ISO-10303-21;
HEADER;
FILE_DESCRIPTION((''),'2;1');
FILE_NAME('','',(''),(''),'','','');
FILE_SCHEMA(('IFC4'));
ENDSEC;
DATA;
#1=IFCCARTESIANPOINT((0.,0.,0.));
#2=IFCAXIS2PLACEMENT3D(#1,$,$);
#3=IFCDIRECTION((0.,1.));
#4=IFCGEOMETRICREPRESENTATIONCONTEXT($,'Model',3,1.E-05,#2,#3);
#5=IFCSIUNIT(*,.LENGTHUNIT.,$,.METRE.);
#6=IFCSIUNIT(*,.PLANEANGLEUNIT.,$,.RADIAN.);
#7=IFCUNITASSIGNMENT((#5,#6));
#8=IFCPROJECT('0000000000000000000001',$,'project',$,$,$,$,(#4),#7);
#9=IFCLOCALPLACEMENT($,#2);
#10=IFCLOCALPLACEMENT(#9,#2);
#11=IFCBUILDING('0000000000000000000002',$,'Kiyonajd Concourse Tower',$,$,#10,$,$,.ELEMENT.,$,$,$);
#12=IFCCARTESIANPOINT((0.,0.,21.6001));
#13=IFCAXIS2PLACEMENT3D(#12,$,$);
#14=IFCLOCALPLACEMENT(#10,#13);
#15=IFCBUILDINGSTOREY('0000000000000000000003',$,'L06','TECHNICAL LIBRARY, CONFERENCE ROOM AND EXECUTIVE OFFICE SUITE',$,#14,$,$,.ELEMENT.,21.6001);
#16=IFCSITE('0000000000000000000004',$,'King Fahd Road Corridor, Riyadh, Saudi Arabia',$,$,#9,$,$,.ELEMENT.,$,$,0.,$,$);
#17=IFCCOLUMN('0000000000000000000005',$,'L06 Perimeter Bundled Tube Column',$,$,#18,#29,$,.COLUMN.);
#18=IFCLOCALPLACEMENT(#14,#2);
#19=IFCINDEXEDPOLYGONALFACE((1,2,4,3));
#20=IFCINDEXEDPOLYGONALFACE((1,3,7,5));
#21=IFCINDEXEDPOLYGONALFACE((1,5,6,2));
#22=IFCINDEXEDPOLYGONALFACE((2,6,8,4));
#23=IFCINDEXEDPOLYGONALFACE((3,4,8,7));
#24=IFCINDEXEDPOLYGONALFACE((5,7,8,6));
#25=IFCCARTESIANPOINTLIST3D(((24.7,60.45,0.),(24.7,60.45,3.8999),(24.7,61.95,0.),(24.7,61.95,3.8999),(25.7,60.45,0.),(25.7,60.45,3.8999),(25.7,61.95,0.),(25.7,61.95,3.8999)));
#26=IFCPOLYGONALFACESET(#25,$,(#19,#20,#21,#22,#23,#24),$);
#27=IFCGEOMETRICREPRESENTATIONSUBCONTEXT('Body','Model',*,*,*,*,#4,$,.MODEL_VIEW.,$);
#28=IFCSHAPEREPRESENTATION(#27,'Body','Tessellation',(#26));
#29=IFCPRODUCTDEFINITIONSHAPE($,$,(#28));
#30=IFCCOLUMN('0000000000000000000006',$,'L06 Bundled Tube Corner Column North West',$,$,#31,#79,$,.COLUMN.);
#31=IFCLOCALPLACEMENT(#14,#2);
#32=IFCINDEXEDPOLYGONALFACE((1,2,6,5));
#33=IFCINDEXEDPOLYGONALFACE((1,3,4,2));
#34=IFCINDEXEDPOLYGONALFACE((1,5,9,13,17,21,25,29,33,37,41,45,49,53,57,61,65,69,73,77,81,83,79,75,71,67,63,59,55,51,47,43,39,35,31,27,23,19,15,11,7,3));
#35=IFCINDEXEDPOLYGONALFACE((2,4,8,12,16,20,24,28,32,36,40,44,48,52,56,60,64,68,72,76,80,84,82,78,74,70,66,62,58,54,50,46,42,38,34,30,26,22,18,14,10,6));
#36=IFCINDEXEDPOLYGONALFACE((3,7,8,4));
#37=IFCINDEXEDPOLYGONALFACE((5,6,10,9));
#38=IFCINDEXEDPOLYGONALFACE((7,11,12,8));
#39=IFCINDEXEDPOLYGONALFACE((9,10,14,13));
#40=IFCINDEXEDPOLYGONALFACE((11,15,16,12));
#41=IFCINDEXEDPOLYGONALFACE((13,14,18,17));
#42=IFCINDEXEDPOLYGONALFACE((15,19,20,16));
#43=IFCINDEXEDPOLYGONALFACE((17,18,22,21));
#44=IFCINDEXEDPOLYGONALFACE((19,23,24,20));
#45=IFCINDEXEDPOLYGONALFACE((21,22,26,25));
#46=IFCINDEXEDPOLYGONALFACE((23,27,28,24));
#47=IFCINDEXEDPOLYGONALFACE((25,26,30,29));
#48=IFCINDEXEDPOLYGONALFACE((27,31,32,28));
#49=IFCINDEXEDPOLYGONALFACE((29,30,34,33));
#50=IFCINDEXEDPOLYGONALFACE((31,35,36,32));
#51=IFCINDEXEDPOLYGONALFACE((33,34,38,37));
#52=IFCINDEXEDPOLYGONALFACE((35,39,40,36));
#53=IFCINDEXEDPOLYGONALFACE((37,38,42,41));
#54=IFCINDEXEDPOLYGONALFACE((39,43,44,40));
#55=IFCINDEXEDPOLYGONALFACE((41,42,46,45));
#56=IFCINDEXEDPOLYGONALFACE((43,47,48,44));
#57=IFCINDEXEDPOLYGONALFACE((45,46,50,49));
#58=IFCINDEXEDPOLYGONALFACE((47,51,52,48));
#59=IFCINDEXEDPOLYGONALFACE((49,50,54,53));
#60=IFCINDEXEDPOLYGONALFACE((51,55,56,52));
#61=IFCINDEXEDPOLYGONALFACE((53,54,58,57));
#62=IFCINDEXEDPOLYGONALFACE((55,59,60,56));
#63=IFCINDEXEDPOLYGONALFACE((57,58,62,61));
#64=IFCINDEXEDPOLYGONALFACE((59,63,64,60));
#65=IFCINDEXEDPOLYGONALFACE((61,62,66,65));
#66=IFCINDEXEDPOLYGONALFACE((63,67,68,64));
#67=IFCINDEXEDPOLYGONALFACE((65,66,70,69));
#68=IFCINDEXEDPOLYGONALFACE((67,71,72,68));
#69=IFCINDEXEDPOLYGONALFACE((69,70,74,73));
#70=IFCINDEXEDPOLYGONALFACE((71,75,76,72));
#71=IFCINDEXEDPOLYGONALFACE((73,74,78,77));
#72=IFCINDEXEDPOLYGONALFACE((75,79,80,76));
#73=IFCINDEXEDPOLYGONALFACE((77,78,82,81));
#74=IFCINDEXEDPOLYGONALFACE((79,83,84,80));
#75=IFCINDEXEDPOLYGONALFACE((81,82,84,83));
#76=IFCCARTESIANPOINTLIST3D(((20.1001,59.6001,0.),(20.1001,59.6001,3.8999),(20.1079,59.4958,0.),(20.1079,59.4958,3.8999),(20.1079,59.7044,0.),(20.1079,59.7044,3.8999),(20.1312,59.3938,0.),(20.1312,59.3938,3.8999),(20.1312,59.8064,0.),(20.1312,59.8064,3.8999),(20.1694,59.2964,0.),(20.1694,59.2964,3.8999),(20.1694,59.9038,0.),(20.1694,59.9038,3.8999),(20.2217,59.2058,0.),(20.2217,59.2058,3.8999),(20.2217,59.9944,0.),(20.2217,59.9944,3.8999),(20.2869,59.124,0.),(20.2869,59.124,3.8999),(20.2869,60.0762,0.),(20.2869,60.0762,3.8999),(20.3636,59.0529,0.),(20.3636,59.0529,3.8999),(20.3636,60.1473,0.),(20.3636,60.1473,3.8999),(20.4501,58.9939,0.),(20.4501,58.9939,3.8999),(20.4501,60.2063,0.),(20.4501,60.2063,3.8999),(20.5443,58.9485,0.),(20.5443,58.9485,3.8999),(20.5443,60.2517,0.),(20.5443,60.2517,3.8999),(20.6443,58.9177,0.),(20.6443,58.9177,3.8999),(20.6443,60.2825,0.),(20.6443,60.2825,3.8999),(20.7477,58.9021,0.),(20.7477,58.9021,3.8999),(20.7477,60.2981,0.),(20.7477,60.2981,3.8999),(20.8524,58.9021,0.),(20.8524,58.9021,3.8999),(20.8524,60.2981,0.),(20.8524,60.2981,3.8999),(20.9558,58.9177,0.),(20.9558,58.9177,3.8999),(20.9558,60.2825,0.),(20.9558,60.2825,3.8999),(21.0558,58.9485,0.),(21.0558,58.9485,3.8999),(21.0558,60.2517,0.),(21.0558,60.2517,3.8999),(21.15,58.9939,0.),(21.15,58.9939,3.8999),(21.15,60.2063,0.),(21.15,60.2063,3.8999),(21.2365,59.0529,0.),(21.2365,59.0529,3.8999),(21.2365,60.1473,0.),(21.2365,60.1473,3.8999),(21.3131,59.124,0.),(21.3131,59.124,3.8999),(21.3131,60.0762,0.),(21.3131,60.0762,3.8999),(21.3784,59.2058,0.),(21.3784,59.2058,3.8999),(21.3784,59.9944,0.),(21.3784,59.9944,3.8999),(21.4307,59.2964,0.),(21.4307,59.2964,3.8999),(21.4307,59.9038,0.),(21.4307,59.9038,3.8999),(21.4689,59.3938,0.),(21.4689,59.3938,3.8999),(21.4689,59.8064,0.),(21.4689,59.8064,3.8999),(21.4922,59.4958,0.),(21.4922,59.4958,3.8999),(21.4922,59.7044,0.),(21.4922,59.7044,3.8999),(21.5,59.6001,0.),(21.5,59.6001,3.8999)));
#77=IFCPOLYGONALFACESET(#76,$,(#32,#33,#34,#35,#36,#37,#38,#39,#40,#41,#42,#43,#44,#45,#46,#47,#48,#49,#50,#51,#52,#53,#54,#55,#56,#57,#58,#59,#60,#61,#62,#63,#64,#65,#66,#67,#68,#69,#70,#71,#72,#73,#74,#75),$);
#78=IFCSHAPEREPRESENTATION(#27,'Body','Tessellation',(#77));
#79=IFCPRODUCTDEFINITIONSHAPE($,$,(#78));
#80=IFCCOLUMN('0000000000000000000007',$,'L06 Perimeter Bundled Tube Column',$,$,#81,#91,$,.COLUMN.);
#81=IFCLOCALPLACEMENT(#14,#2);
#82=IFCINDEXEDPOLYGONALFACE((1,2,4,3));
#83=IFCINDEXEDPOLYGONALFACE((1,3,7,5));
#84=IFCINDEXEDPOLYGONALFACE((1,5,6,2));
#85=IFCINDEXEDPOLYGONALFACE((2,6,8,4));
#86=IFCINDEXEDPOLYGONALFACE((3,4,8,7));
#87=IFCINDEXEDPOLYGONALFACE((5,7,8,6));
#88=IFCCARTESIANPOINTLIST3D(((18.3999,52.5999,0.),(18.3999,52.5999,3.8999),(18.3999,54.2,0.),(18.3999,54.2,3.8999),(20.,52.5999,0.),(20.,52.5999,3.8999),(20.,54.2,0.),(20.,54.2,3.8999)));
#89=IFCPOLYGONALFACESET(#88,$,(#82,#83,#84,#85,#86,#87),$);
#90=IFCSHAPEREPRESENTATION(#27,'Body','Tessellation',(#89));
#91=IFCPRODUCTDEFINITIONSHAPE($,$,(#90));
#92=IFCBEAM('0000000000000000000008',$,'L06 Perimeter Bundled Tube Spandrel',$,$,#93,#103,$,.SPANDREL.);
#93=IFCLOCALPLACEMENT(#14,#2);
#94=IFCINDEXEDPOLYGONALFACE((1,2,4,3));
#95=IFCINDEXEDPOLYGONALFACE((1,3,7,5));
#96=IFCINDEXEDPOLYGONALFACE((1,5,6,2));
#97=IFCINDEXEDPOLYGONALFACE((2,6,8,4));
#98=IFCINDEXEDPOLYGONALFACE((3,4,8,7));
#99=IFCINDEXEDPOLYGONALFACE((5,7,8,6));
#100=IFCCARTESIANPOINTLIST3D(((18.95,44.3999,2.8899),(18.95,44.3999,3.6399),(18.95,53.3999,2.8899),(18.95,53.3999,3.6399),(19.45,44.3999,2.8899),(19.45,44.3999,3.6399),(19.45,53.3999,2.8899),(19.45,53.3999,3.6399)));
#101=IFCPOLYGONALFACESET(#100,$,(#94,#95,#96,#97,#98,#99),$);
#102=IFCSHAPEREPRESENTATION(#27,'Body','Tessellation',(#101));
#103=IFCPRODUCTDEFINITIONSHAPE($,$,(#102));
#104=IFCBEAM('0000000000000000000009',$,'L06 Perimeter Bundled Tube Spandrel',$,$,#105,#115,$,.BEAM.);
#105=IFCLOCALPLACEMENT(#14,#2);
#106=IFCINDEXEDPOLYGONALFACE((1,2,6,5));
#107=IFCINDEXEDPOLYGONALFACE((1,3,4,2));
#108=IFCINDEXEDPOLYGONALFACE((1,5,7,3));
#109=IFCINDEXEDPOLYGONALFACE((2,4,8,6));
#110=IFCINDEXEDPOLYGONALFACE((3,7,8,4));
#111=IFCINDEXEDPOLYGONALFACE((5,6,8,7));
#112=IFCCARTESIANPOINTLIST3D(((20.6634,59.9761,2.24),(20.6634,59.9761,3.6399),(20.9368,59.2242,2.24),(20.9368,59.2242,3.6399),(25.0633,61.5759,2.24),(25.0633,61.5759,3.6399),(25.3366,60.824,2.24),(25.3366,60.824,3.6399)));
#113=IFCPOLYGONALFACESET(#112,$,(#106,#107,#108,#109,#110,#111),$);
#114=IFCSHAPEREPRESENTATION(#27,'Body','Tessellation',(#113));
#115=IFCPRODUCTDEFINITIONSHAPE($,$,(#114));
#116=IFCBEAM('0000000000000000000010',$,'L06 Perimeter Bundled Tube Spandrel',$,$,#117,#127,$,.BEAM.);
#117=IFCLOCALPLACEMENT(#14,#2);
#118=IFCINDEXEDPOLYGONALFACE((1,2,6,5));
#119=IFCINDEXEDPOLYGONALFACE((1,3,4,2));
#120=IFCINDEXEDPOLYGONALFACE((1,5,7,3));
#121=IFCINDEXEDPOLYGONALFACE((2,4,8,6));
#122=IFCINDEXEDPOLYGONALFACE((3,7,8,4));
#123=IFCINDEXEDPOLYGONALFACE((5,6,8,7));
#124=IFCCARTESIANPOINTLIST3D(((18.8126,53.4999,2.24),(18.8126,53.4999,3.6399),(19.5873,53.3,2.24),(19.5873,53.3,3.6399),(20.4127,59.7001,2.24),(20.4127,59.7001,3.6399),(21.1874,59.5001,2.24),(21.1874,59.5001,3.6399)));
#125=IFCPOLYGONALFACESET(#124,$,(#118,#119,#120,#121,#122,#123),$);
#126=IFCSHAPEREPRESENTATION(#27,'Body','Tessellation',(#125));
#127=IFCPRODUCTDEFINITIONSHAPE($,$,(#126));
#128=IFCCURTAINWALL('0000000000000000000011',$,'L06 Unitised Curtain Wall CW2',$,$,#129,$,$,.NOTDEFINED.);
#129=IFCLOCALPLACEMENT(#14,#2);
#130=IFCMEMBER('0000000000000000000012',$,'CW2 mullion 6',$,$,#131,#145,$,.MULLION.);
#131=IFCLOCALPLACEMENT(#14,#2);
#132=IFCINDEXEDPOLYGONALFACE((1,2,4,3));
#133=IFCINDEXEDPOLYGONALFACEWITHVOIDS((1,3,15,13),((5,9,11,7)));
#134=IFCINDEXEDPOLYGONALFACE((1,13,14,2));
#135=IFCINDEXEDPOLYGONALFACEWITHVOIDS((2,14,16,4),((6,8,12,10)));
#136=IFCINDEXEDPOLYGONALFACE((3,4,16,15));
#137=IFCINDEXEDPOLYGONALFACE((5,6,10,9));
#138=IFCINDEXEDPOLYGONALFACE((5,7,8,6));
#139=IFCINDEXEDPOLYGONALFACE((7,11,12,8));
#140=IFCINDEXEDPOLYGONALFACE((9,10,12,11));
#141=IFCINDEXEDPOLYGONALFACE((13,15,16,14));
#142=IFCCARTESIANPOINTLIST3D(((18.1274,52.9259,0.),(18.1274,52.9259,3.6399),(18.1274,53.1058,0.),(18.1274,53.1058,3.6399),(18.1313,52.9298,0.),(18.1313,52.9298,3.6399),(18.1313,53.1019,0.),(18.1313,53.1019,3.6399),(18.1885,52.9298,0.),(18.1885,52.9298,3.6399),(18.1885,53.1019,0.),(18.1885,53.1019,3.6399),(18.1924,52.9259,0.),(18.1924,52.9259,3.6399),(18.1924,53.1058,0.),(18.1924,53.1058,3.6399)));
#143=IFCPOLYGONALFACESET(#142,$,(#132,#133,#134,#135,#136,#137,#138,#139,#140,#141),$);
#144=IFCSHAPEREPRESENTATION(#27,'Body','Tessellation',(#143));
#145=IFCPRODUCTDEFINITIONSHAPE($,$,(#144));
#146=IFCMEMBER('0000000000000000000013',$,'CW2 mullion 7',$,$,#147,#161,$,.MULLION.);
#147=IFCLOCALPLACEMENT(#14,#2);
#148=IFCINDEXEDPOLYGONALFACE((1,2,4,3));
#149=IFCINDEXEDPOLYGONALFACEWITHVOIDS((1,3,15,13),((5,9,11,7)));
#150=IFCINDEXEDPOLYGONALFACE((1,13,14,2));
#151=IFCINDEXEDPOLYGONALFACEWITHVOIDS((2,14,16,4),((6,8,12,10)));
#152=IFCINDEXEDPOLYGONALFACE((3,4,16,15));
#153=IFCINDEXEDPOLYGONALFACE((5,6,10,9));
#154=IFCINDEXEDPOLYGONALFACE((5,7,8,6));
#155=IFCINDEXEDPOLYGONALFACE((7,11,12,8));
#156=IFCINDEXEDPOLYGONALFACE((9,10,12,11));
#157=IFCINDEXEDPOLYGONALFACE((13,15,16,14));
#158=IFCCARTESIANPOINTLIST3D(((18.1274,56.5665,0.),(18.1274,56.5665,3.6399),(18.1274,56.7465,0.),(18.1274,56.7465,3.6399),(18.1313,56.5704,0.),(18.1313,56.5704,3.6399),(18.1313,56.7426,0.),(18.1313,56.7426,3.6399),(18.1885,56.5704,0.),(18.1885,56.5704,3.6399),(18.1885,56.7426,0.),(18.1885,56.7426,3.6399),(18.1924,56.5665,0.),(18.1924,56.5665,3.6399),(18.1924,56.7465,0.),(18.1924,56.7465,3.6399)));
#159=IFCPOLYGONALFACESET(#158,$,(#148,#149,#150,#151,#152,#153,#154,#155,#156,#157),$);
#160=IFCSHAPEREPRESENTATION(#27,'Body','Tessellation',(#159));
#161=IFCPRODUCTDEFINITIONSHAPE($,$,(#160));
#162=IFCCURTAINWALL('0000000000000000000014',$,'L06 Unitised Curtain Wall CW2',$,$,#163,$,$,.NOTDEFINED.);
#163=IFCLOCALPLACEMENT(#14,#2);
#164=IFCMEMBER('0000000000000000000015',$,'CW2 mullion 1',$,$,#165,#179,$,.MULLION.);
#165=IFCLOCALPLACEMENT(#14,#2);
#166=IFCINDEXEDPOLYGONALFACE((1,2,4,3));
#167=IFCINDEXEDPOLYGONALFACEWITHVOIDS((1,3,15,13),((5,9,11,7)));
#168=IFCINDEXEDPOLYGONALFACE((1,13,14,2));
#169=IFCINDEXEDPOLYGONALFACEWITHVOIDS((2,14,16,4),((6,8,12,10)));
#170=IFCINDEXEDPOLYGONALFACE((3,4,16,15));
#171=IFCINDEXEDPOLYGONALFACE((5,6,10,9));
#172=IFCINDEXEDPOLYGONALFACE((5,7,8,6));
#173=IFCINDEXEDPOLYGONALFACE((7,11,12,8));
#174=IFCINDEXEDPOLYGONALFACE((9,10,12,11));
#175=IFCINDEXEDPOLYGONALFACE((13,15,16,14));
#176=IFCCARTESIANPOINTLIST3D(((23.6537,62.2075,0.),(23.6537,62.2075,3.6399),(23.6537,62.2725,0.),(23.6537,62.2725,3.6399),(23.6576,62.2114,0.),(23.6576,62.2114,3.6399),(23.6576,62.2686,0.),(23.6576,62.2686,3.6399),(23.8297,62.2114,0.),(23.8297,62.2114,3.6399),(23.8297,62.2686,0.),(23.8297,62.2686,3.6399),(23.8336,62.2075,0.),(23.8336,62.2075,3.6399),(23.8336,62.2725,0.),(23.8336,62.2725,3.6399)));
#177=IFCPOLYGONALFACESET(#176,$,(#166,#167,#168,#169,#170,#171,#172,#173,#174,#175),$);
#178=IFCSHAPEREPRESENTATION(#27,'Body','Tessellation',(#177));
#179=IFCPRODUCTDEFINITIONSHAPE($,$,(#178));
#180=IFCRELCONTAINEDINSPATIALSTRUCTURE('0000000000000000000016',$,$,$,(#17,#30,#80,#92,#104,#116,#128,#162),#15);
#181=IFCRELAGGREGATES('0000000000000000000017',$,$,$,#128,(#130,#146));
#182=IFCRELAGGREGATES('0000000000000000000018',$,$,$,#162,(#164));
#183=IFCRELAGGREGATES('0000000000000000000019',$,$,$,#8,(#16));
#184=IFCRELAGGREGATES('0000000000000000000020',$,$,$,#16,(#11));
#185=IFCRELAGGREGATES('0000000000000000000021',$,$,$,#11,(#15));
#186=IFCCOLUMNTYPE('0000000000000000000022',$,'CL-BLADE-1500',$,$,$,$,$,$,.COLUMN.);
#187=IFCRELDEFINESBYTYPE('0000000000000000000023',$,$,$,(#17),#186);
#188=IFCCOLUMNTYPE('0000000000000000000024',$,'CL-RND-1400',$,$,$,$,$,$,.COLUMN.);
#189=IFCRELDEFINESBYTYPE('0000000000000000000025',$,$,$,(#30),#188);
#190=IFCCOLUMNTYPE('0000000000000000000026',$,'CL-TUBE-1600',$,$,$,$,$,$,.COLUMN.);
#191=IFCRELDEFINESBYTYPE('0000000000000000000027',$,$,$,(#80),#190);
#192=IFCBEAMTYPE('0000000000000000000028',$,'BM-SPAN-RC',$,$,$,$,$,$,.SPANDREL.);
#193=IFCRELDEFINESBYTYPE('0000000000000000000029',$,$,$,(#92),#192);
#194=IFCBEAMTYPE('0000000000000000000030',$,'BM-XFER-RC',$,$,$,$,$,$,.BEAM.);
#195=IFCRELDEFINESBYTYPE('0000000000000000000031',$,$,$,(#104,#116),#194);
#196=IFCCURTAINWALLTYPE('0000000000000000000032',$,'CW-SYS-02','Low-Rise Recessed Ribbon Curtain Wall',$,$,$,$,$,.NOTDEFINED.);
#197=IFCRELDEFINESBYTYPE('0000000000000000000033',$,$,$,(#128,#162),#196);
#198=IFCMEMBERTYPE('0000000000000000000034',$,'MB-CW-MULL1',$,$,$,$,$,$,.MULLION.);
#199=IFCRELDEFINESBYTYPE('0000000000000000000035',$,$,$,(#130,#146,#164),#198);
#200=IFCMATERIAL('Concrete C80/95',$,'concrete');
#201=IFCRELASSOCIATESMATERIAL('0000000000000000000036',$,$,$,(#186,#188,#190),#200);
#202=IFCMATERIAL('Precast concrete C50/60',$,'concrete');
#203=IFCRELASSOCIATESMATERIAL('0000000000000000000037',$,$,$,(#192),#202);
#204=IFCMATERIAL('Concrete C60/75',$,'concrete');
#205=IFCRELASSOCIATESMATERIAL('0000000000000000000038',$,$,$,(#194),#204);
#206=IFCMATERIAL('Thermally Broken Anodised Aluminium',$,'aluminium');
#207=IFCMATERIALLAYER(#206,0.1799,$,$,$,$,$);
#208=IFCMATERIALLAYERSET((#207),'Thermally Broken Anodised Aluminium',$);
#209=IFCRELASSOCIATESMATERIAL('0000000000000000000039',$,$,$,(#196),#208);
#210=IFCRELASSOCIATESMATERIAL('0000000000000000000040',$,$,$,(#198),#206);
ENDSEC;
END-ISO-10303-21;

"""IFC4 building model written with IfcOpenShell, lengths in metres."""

from ifc_helpers import new_model, si_unit, direction, frame, origin, origin_2d, place, context, subcontext, project, spatial, rectangle, hollow_rectangle, circle, extrude, material, layer, layer_set, material_profile, profile_set, type_object, element, aggregate, save


model = new_model("IFC4")

# Units and contexts
model_context = context("Model", 3, precision=1e-05, world=origin(), true_north=direction((0.0, 1.0)))
body_context = subcontext(model_context, "Body", "Model", "MODEL_VIEW")
ifc_project = project(units=[si_unit("LENGTHUNIT", "METRE"), si_unit("PLANEANGLEUNIT", "RADIAN")], contexts=[model_context])

# Site, building, storey
site_placement = place(None, origin())
site = spatial("IfcSite", under=ifc_project, at=site_placement, Name="King Fahd Road Corridor, Riyadh, Saudi Arabia", CompositionType="ELEMENT", RefElevation=0.0)
building_placement = place(site_placement, origin())
building = spatial("IfcBuilding", under=site, at=building_placement, Name="Kiyonajd Concourse Tower", CompositionType="ELEMENT")
storey_placement = place(building_placement, frame((0.0, 0.0, 21.6001)))
storey = spatial("IfcBuildingStorey", under=building, at=storey_placement, Name="L06", Description="TECHNICAL LIBRARY, CONFERENCE ROOM AND EXECUTIVE OFFICE SUITE", CompositionType="ELEMENT", Elevation=21.6001)

# Columns
ifc_material_1 = material(Name="Concrete C80/95", Category="concrete")
ifc_material_profile_1 = material_profile(ifc_material_1, rectangle(XDim=1.0, YDim=1.5, at=origin_2d()), Name="RC-1500x1000")
ifc_profile_set_1 = profile_set([ifc_material_profile_1], Name="Concrete C80/95")
column_type_1 = type_object("IfcColumnType", Name="CL-BLADE-1500", PredefinedType="COLUMN", material=ifc_profile_set_1)
column_1_placement = place(storey_placement, frame((25.2, 61.2, 0.0), z_axis=(0.0, 0.0, 1.0), x_axis=(1.0, 0.0, 0.0)))
element("IfcColumn", 1, at=column_1_placement, inside=storey, type_object=column_type_1, Name="L06 Perimeter Bundled Tube Column", PredefinedType="COLUMN", context=body_context, shape_type="SweptSolid", body=[
    extrude(rectangle(XDim=1.0, YDim=1.5, at=origin_2d()), origin(), (0.0, 0.0, 1.0), 3.8999),
])
ifc_material_profile_2 = material_profile(ifc_material_1, circle(Radius=0.7, at=origin_2d()), Name="RCC-D1400")
ifc_profile_set_2 = profile_set([ifc_material_profile_2], Name="Concrete C80/95")
column_type_2 = type_object("IfcColumnType", Name="CL-RND-1400", PredefinedType="COLUMN", material=ifc_profile_set_2)
column_2_placement = place(storey_placement, frame((20.8, 59.6001, 0.0), z_axis=(0.0, 0.0, 1.0), x_axis=(1.0, 0.0, 0.0)))
element("IfcColumn", 2, at=column_2_placement, inside=storey, type_object=column_type_2, Name="L06 Bundled Tube Corner Column North West", PredefinedType="COLUMN", context=body_context, shape_type="SweptSolid", body=[
    extrude(circle(Radius=0.7, at=origin_2d()), origin(), (0.0, 0.0, 1.0), 3.8999),
])
ifc_material_profile_3 = material_profile(ifc_material_1, rectangle(XDim=1.6001, YDim=1.6001, at=origin_2d()), Name="RC-1600x1600")
ifc_profile_set_3 = profile_set([ifc_material_profile_3], Name="Concrete C80/95")
column_type_3 = type_object("IfcColumnType", Name="CL-TUBE-1600", PredefinedType="COLUMN", material=ifc_profile_set_3)
column_3_placement = place(storey_placement, frame((19.2, 53.3999, 0.0), z_axis=(0.0, 0.0, 1.0), x_axis=(1.0, 0.0, 0.0)))
element("IfcColumn", 3, at=column_3_placement, inside=storey, type_object=column_type_3, Name="L06 Perimeter Bundled Tube Column", PredefinedType="COLUMN", context=body_context, shape_type="SweptSolid", body=[
    extrude(rectangle(XDim=1.6001, YDim=1.6001, at=origin_2d()), origin(), (0.0, 0.0, 1.0), 3.8999),
])

# Beams
ifc_material_2 = material(Name="Precast concrete C50/60", Category="concrete")
ifc_material_profile_4 = material_profile(ifc_material_2, rectangle(XDim=0.5, YDim=0.75, at=origin_2d()), Name="RCBM-500x750")
ifc_profile_set_4 = profile_set([ifc_material_profile_4], Name="Precast concrete C50/60")
beam_type_1 = type_object("IfcBeamType", Name="BM-SPAN-RC", PredefinedType="SPANDREL", material=ifc_profile_set_4)
beam_1_placement = place(storey_placement, frame((19.2, 53.3999, 3.2649), z_axis=(0.0, -1.0, 0.0), x_axis=(1.0, 0.0, 0.0)))
element("IfcBeam", 4, at=beam_1_placement, inside=storey, type_object=beam_type_1, Name="L06 Perimeter Bundled Tube Spandrel", PredefinedType="SPANDREL", context=body_context, shape_type="SweptSolid", body=[
    extrude(rectangle(XDim=0.5, YDim=0.75, at=origin_2d()), origin(), (0.0, 0.0, 1.0), 9.0),
])
ifc_material_3 = material(Name="Concrete C60/75", Category="concrete")
ifc_material_profile_5 = material_profile(ifc_material_3, rectangle(XDim=0.8, YDim=1.3999, at=origin_2d()), Name="RCBM-800x1400")
ifc_profile_set_5 = profile_set([ifc_material_profile_5], Name="Concrete C60/75")
beam_type_2 = type_object("IfcBeamType", Name="BM-XFER-RC", PredefinedType="BEAM", material=ifc_profile_set_5)
beam_2_placement = place(storey_placement, frame((25.2, 61.2, 2.9399), z_axis=(-0.939801, -0.341722, 0.0), x_axis=(0.341722, -0.939801, 0.0)))
element("IfcBeam", 5, at=beam_2_placement, inside=storey, type_object=beam_type_2, Name="L06 Perimeter Bundled Tube Spandrel", PredefinedType="BEAM", context=body_context, shape_type="SweptSolid", body=[
    extrude(rectangle(XDim=0.8, YDim=1.3999, at=origin_2d()), origin(), (0.0, 0.0, 1.0), 4.6816),
])
beam_3_placement = place(storey_placement, frame((20.8, 59.6001, 2.9399), z_axis=(-0.249885, -0.968276, 0.0), x_axis=(0.968276, -0.249885, 0.0)))
element("IfcBeam", 6, at=beam_3_placement, inside=storey, type_object=beam_type_2, Name="L06 Perimeter Bundled Tube Spandrel", PredefinedType="BEAM", context=body_context, shape_type="SweptSolid", body=[
    extrude(rectangle(XDim=0.8, YDim=1.3999, at=origin_2d()), origin(), (0.0, 0.0, 1.0), 6.4033),
])

# Curtain walls, members
ifc_material_4 = material(Name="Thermally Broken Anodised Aluminium", Category="aluminium")
ifc_layer_1 = layer(ifc_material_4, 0.1799)
ifc_layer_set_1 = layer_set([ifc_layer_1], Name="Thermally Broken Anodised Aluminium")
curtain_wall_type = type_object("IfcCurtainWallType", Name="CW-SYS-02", Description="Low-Rise Recessed Ribbon Curtain Wall", PredefinedType="NOTDEFINED", material=ifc_layer_set_1)
curtain_wall_1_placement = place(storey_placement, origin())
curtain_wall_1 = element("IfcCurtainWall", 7, at=curtain_wall_1_placement, inside=storey, type_object=curtain_wall_type, Name="L06 Unitised Curtain Wall CW2", PredefinedType="NOTDEFINED")
ifc_material_profile_6 = material_profile(ifc_material_4, hollow_rectangle(XDim=0.0649, YDim=0.1799, WallThickness=0.0039, at=origin_2d()), Name="MULL-65x180")
ifc_profile_set_6 = profile_set([ifc_material_profile_6], Name="Thermally Broken Anodised Aluminium")
member_type_1 = type_object("IfcMemberType", Name="MB-CW-MULL1", PredefinedType="MULLION", material=ifc_profile_set_6)
member_1_placement = place(storey_placement, frame((18.1599, 53.0159, 0.0), z_axis=(0.0, 0.0, 1.0), x_axis=(-1.0, 0.0, 0.0)))
member_1 = element("IfcMember", 8, at=member_1_placement, type_object=member_type_1, Name="CW2 mullion 6", PredefinedType="MULLION", context=body_context, shape_type="SweptSolid", body=[
    extrude(hollow_rectangle(XDim=0.0649, YDim=0.1799, WallThickness=0.0039, at=origin_2d()), origin(), (0.0, 0.0, 1.0), 3.6399),
])
member_2_placement = place(storey_placement, frame((18.1599, 56.6565, 0.0), z_axis=(0.0, 0.0, 1.0), x_axis=(-1.0, 0.0, 0.0)))
member_2 = element("IfcMember", 9, at=member_2_placement, type_object=member_type_1, Name="CW2 mullion 7", PredefinedType="MULLION", context=body_context, shape_type="SweptSolid", body=[
    extrude(hollow_rectangle(XDim=0.0649, YDim=0.1799, WallThickness=0.0039, at=origin_2d()), origin(), (0.0, 0.0, 1.0), 3.6399),
])
curtain_wall_2_placement = place(storey_placement, origin())
curtain_wall_2 = element("IfcCurtainWall", 10, at=curtain_wall_2_placement, inside=storey, type_object=curtain_wall_type, Name="L06 Unitised Curtain Wall CW2", PredefinedType="NOTDEFINED")
member_3_placement = place(storey_placement, frame((23.7437, 62.24, 0.0), z_axis=(0.0, 0.0, 1.0), x_axis=(0.0, 1.0, 0.0)))
member_3 = element("IfcMember", 11, at=member_3_placement, type_object=member_type_1, Name="CW2 mullion 1", PredefinedType="MULLION", context=body_context, shape_type="SweptSolid", body=[
    extrude(hollow_rectangle(XDim=0.0649, YDim=0.1799, WallThickness=0.0039, at=origin_2d()), origin(), (0.0, 0.0, 1.0), 3.6399),
])

aggregate(curtain_wall_1, [member_1, member_2])
aggregate(curtain_wall_2, [member_3])

save(model, "model.ifc")
